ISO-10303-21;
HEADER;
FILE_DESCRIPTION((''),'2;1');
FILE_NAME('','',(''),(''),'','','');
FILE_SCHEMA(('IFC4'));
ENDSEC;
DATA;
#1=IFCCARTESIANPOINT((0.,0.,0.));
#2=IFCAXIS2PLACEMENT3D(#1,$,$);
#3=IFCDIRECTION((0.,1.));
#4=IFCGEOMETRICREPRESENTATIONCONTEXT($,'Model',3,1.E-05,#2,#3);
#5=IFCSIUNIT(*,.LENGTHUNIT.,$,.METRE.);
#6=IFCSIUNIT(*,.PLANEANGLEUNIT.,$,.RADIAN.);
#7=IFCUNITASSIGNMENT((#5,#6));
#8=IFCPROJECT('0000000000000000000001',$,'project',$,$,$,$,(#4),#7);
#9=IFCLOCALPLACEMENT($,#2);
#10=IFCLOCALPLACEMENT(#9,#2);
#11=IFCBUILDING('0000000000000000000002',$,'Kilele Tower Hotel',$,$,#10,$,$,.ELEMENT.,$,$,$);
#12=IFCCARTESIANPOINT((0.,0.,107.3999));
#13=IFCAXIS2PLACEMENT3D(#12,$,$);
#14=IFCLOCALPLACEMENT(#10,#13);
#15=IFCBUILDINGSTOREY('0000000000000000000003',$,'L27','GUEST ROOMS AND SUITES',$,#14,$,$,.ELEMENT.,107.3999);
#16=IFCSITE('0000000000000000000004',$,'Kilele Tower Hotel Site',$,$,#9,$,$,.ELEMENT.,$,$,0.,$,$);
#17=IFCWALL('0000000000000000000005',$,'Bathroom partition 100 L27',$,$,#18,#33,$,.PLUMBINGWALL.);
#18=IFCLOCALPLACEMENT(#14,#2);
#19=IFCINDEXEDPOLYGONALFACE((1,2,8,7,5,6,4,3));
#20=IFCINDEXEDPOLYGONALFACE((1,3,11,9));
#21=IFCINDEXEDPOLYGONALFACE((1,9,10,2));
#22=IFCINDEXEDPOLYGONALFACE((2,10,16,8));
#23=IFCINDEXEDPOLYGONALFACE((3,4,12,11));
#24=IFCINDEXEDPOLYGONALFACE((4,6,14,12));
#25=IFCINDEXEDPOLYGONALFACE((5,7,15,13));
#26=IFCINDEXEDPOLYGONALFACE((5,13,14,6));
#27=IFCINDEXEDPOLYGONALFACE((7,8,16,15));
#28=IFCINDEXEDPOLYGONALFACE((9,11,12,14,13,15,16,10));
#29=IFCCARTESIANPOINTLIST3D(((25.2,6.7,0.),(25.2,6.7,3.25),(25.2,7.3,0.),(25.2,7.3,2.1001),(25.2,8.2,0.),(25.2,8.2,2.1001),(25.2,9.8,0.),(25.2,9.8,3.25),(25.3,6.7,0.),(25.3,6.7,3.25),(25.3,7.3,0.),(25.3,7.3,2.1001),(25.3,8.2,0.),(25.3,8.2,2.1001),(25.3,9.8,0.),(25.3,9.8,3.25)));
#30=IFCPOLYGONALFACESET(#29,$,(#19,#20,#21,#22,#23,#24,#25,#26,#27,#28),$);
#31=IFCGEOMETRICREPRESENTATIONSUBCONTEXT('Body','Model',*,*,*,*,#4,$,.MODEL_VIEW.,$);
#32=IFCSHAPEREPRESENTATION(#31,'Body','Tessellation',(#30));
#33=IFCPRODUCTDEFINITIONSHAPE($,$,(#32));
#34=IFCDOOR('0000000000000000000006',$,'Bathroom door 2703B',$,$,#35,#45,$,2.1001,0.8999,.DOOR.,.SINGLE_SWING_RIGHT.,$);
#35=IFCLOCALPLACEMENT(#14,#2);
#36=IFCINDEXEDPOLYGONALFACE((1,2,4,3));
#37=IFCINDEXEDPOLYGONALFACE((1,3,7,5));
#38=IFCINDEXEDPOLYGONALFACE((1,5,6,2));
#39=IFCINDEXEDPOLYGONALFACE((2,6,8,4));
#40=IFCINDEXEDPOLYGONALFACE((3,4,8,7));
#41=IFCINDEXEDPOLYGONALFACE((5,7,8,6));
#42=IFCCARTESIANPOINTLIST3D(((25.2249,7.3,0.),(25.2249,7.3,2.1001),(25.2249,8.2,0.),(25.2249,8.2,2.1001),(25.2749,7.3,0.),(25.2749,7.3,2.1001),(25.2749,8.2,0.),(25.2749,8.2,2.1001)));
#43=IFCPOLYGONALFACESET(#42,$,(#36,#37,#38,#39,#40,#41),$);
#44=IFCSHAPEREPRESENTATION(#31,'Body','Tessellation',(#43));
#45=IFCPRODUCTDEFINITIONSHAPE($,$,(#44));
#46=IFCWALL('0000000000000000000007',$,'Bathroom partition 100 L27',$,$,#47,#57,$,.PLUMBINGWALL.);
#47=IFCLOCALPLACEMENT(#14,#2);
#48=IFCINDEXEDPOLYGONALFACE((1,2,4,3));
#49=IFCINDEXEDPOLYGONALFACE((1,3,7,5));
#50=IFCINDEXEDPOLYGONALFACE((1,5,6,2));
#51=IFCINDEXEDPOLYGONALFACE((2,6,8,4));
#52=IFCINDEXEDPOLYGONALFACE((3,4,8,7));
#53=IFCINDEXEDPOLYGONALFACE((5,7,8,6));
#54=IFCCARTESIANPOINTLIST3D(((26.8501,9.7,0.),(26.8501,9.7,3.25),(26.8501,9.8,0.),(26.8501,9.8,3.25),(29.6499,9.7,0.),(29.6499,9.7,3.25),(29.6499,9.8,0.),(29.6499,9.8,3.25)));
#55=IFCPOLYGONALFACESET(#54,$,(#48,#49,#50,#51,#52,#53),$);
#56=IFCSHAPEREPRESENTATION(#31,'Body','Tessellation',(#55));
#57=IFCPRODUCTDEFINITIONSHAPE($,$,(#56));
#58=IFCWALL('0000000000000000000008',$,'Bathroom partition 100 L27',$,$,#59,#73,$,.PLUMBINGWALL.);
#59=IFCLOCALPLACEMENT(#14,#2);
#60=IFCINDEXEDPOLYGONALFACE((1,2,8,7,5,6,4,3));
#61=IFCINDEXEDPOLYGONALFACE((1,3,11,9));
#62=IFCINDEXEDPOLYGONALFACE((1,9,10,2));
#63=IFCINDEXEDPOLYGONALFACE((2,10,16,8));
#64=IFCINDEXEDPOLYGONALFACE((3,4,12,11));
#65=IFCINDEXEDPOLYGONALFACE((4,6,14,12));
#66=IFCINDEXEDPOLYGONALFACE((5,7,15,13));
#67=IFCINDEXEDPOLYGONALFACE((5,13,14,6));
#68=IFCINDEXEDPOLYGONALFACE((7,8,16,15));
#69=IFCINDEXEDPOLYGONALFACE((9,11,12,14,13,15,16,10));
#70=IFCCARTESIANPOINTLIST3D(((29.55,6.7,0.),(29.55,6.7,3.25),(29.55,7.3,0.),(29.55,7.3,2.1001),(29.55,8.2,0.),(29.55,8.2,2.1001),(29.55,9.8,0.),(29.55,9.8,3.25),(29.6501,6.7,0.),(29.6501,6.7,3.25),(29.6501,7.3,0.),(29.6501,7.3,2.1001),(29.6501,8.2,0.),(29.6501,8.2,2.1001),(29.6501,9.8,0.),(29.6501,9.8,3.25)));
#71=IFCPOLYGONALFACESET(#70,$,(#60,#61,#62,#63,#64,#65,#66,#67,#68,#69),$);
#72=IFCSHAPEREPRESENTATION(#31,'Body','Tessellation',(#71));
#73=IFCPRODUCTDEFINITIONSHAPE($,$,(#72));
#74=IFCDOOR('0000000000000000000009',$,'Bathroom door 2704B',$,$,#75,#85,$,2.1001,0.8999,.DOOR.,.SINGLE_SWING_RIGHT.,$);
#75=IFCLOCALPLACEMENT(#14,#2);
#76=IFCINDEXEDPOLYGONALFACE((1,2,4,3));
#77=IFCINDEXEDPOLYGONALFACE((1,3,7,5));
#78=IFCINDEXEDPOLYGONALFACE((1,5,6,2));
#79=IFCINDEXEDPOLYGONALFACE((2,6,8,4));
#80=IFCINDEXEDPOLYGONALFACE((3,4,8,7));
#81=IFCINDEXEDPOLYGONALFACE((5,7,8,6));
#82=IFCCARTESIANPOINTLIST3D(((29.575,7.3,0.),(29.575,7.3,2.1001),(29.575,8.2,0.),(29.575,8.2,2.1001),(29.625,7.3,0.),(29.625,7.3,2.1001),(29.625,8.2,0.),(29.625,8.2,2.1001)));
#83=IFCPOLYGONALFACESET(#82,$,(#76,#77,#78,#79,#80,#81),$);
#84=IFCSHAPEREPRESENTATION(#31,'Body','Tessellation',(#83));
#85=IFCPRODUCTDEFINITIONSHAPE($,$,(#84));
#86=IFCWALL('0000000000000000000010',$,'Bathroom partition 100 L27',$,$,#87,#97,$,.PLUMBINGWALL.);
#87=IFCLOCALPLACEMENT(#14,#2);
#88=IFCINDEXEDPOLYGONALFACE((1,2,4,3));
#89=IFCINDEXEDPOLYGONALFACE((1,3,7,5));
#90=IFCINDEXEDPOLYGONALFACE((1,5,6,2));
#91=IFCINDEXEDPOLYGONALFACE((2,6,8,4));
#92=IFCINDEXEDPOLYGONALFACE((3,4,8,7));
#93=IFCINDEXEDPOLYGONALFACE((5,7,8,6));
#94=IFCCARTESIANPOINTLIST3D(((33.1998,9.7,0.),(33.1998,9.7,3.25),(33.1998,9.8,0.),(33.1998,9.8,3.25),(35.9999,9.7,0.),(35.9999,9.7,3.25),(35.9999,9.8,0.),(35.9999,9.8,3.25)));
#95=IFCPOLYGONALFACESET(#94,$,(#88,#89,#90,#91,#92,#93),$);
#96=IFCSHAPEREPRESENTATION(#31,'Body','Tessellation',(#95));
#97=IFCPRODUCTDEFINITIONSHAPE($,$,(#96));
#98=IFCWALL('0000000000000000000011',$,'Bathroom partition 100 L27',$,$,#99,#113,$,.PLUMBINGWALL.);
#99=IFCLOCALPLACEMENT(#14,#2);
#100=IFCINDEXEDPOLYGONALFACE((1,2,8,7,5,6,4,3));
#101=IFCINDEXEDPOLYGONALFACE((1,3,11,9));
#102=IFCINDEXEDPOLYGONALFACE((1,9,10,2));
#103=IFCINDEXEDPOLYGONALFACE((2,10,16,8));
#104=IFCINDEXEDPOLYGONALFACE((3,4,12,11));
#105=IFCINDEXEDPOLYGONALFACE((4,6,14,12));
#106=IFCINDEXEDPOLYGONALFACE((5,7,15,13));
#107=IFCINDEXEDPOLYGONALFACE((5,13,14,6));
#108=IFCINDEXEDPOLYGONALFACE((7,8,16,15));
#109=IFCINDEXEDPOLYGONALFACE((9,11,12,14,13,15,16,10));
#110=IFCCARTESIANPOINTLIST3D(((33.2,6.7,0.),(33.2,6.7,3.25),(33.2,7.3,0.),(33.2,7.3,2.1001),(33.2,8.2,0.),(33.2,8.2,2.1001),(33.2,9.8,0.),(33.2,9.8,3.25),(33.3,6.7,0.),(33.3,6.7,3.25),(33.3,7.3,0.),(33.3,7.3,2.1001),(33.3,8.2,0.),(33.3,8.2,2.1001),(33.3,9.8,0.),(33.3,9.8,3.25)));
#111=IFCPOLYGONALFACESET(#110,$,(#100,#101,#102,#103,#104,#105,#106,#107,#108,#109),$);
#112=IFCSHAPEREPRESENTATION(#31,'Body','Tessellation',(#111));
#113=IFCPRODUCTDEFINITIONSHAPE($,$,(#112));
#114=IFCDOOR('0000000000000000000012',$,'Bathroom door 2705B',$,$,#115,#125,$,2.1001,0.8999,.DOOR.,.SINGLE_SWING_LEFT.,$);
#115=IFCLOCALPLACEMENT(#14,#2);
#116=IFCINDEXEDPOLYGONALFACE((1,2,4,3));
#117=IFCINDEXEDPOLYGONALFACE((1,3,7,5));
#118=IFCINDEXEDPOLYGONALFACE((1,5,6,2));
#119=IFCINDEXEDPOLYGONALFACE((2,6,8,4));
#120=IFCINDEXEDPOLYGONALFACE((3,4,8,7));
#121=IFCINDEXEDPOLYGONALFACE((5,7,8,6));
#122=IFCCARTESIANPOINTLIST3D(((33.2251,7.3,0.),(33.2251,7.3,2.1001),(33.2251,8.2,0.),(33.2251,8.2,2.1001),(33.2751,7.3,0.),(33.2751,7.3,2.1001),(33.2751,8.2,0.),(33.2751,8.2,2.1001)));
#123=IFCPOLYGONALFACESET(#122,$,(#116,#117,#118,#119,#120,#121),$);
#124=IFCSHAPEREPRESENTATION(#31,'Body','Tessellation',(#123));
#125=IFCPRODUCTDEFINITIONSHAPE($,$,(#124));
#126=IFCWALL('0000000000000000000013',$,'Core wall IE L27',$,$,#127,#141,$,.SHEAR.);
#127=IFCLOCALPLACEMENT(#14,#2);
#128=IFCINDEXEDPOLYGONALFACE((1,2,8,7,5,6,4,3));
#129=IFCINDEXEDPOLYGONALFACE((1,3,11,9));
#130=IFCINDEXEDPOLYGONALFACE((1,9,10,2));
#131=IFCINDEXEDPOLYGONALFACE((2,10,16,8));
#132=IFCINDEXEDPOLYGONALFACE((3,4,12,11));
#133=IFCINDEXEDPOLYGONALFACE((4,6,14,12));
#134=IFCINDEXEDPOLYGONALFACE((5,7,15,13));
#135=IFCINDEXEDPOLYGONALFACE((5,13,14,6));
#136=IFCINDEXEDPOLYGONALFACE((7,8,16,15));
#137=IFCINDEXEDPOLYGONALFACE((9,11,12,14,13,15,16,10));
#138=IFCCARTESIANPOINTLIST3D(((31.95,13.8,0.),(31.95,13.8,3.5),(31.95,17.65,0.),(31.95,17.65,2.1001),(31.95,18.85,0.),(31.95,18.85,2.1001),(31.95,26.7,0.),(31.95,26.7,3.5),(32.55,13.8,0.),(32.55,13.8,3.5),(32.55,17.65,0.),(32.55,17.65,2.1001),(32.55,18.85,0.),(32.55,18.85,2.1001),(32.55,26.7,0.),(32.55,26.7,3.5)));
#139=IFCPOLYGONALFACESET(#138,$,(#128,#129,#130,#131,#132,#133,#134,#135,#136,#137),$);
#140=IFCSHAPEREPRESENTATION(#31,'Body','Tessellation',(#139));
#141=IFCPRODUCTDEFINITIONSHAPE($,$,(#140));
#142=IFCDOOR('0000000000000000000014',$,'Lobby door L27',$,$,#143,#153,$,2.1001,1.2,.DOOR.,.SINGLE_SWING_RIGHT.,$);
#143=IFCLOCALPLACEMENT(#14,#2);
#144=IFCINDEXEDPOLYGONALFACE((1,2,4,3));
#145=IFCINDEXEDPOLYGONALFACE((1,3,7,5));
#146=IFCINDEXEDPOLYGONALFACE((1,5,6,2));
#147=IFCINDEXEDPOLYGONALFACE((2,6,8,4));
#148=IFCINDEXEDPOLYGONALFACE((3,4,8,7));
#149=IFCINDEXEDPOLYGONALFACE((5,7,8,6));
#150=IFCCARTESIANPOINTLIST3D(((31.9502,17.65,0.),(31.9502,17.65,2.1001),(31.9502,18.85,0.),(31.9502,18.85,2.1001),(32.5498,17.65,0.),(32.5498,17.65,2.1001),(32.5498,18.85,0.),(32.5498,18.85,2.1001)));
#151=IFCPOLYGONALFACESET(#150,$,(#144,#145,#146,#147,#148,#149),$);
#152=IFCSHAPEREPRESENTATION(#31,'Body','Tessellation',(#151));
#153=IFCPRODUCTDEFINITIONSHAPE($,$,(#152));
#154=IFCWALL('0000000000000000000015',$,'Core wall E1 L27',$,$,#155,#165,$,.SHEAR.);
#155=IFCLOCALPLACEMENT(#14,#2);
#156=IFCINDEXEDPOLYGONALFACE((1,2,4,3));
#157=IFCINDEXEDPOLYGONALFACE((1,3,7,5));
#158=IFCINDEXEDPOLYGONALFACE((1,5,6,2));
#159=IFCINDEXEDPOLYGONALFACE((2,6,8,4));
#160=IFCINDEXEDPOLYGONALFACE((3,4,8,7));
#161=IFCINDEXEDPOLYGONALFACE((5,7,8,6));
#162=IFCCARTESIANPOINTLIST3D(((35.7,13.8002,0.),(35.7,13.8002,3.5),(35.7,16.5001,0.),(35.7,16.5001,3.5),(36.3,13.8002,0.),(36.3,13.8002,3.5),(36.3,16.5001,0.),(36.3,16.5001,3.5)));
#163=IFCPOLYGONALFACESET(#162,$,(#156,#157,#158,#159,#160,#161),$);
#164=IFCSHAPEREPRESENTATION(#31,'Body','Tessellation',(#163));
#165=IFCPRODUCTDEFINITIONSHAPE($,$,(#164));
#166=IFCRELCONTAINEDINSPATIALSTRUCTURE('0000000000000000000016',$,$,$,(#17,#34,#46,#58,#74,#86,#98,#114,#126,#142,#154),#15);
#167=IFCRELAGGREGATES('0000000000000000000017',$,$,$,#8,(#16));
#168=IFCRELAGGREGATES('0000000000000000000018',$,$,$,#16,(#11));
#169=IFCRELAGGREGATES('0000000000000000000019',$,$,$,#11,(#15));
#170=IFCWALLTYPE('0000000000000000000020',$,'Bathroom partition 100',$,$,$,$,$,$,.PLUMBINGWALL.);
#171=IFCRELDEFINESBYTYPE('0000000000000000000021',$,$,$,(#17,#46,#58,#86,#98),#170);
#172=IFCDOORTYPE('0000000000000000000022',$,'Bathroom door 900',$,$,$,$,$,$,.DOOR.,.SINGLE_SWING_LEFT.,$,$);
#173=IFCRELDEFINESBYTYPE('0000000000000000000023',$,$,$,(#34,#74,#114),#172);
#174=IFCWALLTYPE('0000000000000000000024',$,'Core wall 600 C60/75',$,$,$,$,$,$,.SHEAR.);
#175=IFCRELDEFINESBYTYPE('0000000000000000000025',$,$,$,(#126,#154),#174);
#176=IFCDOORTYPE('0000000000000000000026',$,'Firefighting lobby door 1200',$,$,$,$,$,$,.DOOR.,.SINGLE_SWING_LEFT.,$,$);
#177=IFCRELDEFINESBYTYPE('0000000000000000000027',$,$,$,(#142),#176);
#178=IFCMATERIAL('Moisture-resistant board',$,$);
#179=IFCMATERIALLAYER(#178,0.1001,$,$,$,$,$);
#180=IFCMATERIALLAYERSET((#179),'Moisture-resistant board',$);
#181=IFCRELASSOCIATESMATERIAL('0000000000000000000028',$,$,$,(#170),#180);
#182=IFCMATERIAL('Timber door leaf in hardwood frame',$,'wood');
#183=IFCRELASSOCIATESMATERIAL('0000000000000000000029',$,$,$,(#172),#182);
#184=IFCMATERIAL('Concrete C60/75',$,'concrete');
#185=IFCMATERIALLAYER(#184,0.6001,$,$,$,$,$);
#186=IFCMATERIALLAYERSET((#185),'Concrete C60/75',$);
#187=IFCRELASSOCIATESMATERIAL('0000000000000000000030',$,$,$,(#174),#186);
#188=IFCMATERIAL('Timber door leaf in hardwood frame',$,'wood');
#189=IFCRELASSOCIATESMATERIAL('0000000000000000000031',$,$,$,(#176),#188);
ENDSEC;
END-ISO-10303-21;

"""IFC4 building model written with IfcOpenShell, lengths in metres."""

from ifc_helpers import new_model, si_unit, direction, frame, frame_2d, origin, place, context, subcontext, project, spatial, rectangle, extrude, material, layer, layer_set, type_object, element, fill, save


model = new_model("IFC4")

# Units and contexts
model_context = context("Model", 3, precision=1e-05, world=origin(), true_north=direction((0.0, 1.0)))
body_context = subcontext(model_context, "Body", "Model", "MODEL_VIEW")
ifc_project = project(units=[si_unit("LENGTHUNIT", "METRE"), si_unit("PLANEANGLEUNIT", "RADIAN")], contexts=[model_context])

# Site, building, storey
site_placement = place(None, origin())
site = spatial("IfcSite", under=ifc_project, at=site_placement, Name="Kilele Tower Hotel Site", CompositionType="ELEMENT", RefElevation=0.0)
building_placement = place(site_placement, origin())
building = spatial("IfcBuilding", under=site, at=building_placement, Name="Kilele Tower Hotel", CompositionType="ELEMENT")
storey_placement = place(building_placement, frame((0.0, 0.0, 107.3999)))
storey = spatial("IfcBuildingStorey", under=building, at=storey_placement, Name="L27", Description="GUEST ROOMS AND SUITES", CompositionType="ELEMENT", Elevation=107.3999)

# Wall, opening, door
ifc_material_1 = material(Name="Moisture-resistant board")
ifc_layer_1 = layer(ifc_material_1, 0.1001)
ifc_layer_set_1 = layer_set([ifc_layer_1], Name="Moisture-resistant board")
wall_type_1 = type_object("IfcWallType", Name="Bathroom partition 100", PredefinedType="PLUMBINGWALL", material=ifc_layer_set_1)
wall_1_placement = place(storey_placement, frame((25.25, 9.8, 0.0), z_axis=(0.0, 0.0, 1.0), x_axis=(0.0, -1.0, 0.0)))
wall_1 = element("IfcWall", 1, at=wall_1_placement, inside=storey, type_object=wall_type_1, Name="Bathroom partition 100 L27", PredefinedType="PLUMBINGWALL", context=body_context, shape_type="SweptSolid", body=[
    extrude(rectangle(XDim=3.1001, YDim=0.1001, at=frame_2d((1.55, 0.0))), origin(), (0.0, 0.0, 1.0), 3.25),
])
opening_1_placement = place(wall_1_placement, frame((1.6001, 0.0, 0.0)))
opening_1 = element("IfcOpeningElement", 2, at=opening_1_placement, cuts=wall_1, PredefinedType="OPENING", context=body_context, shape_type="SweptSolid", body=[
    extrude(rectangle(XDim=0.8999, YDim=2.1001, at=frame_2d((0.45, 1.05))), frame((0.0, 0.0601, 0.0), z_axis=(0.0, -1.0, 0.0), x_axis=(1.0, 0.0, 0.0)), (0.0, 0.0, 1.0), 0.1201),
])
ifc_material_2 = material(Name="Timber door leaf in hardwood frame", Category="wood")
door_type_1 = type_object("IfcDoorType", Name="Bathroom door 900", OperationType="SINGLE_SWING_LEFT", PredefinedType="DOOR", material=ifc_material_2)
door_1_placement = place(opening_1_placement, origin())
door_1 = element("IfcDoor", 3, at=door_1_placement, inside=storey, type_object=door_type_1, Name="Bathroom door 2703B", OperationType="SINGLE_SWING_RIGHT", OverallHeight=2.1001, OverallWidth=0.8999, PredefinedType="DOOR", context=body_context, shape_type="SweptSolid", body=[
    extrude(rectangle(XDim=0.8999, YDim=2.1001, at=frame_2d((0.45, 1.05))), frame((0.0, 0.0249, 0.0), z_axis=(0.0, -1.0, 0.0), x_axis=(1.0, 0.0, 0.0)), (0.0, 0.0, 1.0), 0.05),
])
fill(opening_1, door_1)

# Wall
wall_2_placement = place(storey_placement, frame((26.8501, 9.75, 0.0), z_axis=(0.0, 0.0, 1.0), x_axis=(1.0, 0.0, 0.0)))
element("IfcWall", 4, at=wall_2_placement, inside=storey, type_object=wall_type_1, Name="Bathroom partition 100 L27", PredefinedType="PLUMBINGWALL", context=body_context, shape_type="SweptSolid", body=[
    extrude(rectangle(XDim=2.7998, YDim=0.1001, at=frame_2d((1.3999, 0.0))), origin(), (0.0, 0.0, 1.0), 3.25),
])

# Wall, opening, door
wall_3_placement = place(storey_placement, frame((29.6001, 9.8, 0.0), z_axis=(0.0, 0.0, 1.0), x_axis=(0.0, -1.0, 0.0)))
wall_3 = element("IfcWall", 5, at=wall_3_placement, inside=storey, type_object=wall_type_1, Name="Bathroom partition 100 L27", PredefinedType="PLUMBINGWALL", context=body_context, shape_type="SweptSolid", body=[
    extrude(rectangle(XDim=3.1001, YDim=0.1001, at=frame_2d((1.55, 0.0))), origin(), (0.0, 0.0, 1.0), 3.25),
])
opening_2_placement = place(wall_3_placement, frame((1.6001, 0.0, 0.0)))
opening_2 = element("IfcOpeningElement", 6, at=opening_2_placement, cuts=wall_3, PredefinedType="OPENING", context=body_context, shape_type="SweptSolid", body=[
    extrude(rectangle(XDim=0.8999, YDim=2.1001, at=frame_2d((0.45, 1.05))), frame((0.0, 0.0601, 0.0), z_axis=(0.0, -1.0, 0.0), x_axis=(1.0, 0.0, 0.0)), (0.0, 0.0, 1.0), 0.1201),
])
door_2_placement = place(opening_2_placement, origin())
door_2 = element("IfcDoor", 7, at=door_2_placement, inside=storey, type_object=door_type_1, Name="Bathroom door 2704B", OperationType="SINGLE_SWING_RIGHT", OverallHeight=2.1001, OverallWidth=0.8999, PredefinedType="DOOR", context=body_context, shape_type="SweptSolid", body=[
    extrude(rectangle(XDim=0.8999, YDim=2.1001, at=frame_2d((0.45, 1.05))), frame((0.0, 0.0249, 0.0), z_axis=(0.0, -1.0, 0.0), x_axis=(1.0, 0.0, 0.0)), (0.0, 0.0, 1.0), 0.05),
])
fill(opening_2, door_2)

# Wall
wall_4_placement = place(storey_placement, frame((33.2, 9.75, 0.0), z_axis=(0.0, 0.0, 1.0), x_axis=(1.0, 0.0, 0.0)))
element("IfcWall", 8, at=wall_4_placement, inside=storey, type_object=wall_type_1, Name="Bathroom partition 100 L27", PredefinedType="PLUMBINGWALL", context=body_context, shape_type="SweptSolid", body=[
    extrude(rectangle(XDim=2.8, YDim=0.1001, at=frame_2d((1.3999, 0.0))), origin(), (0.0, 0.0, 1.0), 3.25),
])

# Walls, openings, doors
wall_5_placement = place(storey_placement, frame((33.25, 9.8, 0.0), z_axis=(0.0, 0.0, 1.0), x_axis=(0.0, -1.0, 0.0)))
wall_5 = element("IfcWall", 9, at=wall_5_placement, inside=storey, type_object=wall_type_1, Name="Bathroom partition 100 L27", PredefinedType="PLUMBINGWALL", context=body_context, shape_type="SweptSolid", body=[
    extrude(rectangle(XDim=3.1001, YDim=0.1001, at=frame_2d((1.55, 0.0))), origin(), (0.0, 0.0, 1.0), 3.25),
])
opening_3_placement = place(wall_5_placement, frame((2.5, 0.0, 0.0), z_axis=(0.0, 0.0, 1.0), x_axis=(-1.0, 0.0, 0.0)))
opening_3 = element("IfcOpeningElement", 10, at=opening_3_placement, cuts=wall_5, PredefinedType="OPENING", context=body_context, shape_type="SweptSolid", body=[
    extrude(rectangle(XDim=0.8999, YDim=2.1001, at=frame_2d((0.45, 1.05))), frame((0.0, 0.0601, 0.0), z_axis=(0.0, -1.0, 0.0), x_axis=(1.0, 0.0, 0.0)), (0.0, 0.0, 1.0), 0.1201),
])
door_3_placement = place(opening_3_placement, origin())
door_3 = element("IfcDoor", 11, at=door_3_placement, inside=storey, type_object=door_type_1, Name="Bathroom door 2705B", OperationType="SINGLE_SWING_LEFT", OverallHeight=2.1001, OverallWidth=0.8999, PredefinedType="DOOR", context=body_context, shape_type="SweptSolid", body=[
    extrude(rectangle(XDim=0.8999, YDim=2.1001, at=frame_2d((0.45, 1.05))), frame((0.0, 0.0249, 0.0), z_axis=(0.0, -1.0, 0.0), x_axis=(1.0, 0.0, 0.0)), (0.0, 0.0, 1.0), 0.05),
])
fill(opening_3, door_3)
ifc_material_3 = material(Name="Concrete C60/75", Category="concrete")
ifc_layer_2 = layer(ifc_material_3, 0.6001)
ifc_layer_set_2 = layer_set([ifc_layer_2], Name="Concrete C60/75")
wall_type_2 = type_object("IfcWallType", Name="Core wall 600 C60/75", PredefinedType="SHEAR", material=ifc_layer_set_2)
wall_6_placement = place(storey_placement, frame((32.25, 13.8, 0.0), z_axis=(0.0, 0.0, 1.0), x_axis=(0.0, 1.0, 0.0)))
wall_6 = element("IfcWall", 12, at=wall_6_placement, inside=storey, type_object=wall_type_2, Name="Core wall IE L27", PredefinedType="SHEAR", context=body_context, shape_type="SweptSolid", body=[
    extrude(rectangle(XDim=12.8999, YDim=0.6001, at=frame_2d((6.45, 0.0))), origin(), (0.0, 0.0, 1.0), 3.5),
])
opening_4_placement = place(wall_6_placement, frame((5.05, 0.0, 0.0), z_axis=(0.0, 0.0, 1.0), x_axis=(-1.0, 0.0, 0.0)))
opening_4 = element("IfcOpeningElement", 13, at=opening_4_placement, cuts=wall_6, PredefinedType="OPENING", context=body_context, shape_type="SweptSolid", body=[
    extrude(rectangle(XDim=1.2, YDim=2.1001, at=frame_2d((0.6001, 1.05))), frame((0.0, 0.3101, 0.0), z_axis=(0.0, -1.0, 0.0), x_axis=(1.0, 0.0, 0.0)), (0.0, 0.0, 1.0), 0.6201),
])
ifc_material_4 = material(Name="Timber door leaf in hardwood frame", Category="wood")
door_type_2 = type_object("IfcDoorType", Name="Firefighting lobby door 1200", OperationType="SINGLE_SWING_LEFT", PredefinedType="DOOR", material=ifc_material_4)
door_4_placement = place(opening_4_placement, origin())
door_4 = element("IfcDoor", 14, at=door_4_placement, inside=storey, type_object=door_type_2, Name="Lobby door L27", OperationType="SINGLE_SWING_RIGHT", OverallHeight=2.1001, OverallWidth=1.2, PredefinedType="DOOR", context=body_context, shape_type="SweptSolid", body=[
    extrude(rectangle(XDim=1.2, YDim=2.1001, at=frame_2d((0.6001, 1.05))), frame((0.0, 0.2998, 0.0), z_axis=(0.0, -1.0, 0.0), x_axis=(1.0, 0.0, 0.0)), (0.0, 0.0, 1.0), 0.5996),
])
fill(opening_4, door_4)

# Wall
wall_7_placement = place(storey_placement, frame((36.0, 13.8, 0.0), z_axis=(0.0, 0.0, 1.0), x_axis=(0.0, 1.0, 0.0)))
element("IfcWall", 15, at=wall_7_placement, inside=storey, type_object=wall_type_2, Name="Core wall E1 L27", PredefinedType="SHEAR", context=body_context, shape_type="SweptSolid", body=[
    extrude(rectangle(XDim=2.7, YDim=0.6001, at=frame_2d((1.3501, 0.0))), origin(), (0.0, 0.0, 1.0), 3.5),
])

save(model, "model.ifc")
